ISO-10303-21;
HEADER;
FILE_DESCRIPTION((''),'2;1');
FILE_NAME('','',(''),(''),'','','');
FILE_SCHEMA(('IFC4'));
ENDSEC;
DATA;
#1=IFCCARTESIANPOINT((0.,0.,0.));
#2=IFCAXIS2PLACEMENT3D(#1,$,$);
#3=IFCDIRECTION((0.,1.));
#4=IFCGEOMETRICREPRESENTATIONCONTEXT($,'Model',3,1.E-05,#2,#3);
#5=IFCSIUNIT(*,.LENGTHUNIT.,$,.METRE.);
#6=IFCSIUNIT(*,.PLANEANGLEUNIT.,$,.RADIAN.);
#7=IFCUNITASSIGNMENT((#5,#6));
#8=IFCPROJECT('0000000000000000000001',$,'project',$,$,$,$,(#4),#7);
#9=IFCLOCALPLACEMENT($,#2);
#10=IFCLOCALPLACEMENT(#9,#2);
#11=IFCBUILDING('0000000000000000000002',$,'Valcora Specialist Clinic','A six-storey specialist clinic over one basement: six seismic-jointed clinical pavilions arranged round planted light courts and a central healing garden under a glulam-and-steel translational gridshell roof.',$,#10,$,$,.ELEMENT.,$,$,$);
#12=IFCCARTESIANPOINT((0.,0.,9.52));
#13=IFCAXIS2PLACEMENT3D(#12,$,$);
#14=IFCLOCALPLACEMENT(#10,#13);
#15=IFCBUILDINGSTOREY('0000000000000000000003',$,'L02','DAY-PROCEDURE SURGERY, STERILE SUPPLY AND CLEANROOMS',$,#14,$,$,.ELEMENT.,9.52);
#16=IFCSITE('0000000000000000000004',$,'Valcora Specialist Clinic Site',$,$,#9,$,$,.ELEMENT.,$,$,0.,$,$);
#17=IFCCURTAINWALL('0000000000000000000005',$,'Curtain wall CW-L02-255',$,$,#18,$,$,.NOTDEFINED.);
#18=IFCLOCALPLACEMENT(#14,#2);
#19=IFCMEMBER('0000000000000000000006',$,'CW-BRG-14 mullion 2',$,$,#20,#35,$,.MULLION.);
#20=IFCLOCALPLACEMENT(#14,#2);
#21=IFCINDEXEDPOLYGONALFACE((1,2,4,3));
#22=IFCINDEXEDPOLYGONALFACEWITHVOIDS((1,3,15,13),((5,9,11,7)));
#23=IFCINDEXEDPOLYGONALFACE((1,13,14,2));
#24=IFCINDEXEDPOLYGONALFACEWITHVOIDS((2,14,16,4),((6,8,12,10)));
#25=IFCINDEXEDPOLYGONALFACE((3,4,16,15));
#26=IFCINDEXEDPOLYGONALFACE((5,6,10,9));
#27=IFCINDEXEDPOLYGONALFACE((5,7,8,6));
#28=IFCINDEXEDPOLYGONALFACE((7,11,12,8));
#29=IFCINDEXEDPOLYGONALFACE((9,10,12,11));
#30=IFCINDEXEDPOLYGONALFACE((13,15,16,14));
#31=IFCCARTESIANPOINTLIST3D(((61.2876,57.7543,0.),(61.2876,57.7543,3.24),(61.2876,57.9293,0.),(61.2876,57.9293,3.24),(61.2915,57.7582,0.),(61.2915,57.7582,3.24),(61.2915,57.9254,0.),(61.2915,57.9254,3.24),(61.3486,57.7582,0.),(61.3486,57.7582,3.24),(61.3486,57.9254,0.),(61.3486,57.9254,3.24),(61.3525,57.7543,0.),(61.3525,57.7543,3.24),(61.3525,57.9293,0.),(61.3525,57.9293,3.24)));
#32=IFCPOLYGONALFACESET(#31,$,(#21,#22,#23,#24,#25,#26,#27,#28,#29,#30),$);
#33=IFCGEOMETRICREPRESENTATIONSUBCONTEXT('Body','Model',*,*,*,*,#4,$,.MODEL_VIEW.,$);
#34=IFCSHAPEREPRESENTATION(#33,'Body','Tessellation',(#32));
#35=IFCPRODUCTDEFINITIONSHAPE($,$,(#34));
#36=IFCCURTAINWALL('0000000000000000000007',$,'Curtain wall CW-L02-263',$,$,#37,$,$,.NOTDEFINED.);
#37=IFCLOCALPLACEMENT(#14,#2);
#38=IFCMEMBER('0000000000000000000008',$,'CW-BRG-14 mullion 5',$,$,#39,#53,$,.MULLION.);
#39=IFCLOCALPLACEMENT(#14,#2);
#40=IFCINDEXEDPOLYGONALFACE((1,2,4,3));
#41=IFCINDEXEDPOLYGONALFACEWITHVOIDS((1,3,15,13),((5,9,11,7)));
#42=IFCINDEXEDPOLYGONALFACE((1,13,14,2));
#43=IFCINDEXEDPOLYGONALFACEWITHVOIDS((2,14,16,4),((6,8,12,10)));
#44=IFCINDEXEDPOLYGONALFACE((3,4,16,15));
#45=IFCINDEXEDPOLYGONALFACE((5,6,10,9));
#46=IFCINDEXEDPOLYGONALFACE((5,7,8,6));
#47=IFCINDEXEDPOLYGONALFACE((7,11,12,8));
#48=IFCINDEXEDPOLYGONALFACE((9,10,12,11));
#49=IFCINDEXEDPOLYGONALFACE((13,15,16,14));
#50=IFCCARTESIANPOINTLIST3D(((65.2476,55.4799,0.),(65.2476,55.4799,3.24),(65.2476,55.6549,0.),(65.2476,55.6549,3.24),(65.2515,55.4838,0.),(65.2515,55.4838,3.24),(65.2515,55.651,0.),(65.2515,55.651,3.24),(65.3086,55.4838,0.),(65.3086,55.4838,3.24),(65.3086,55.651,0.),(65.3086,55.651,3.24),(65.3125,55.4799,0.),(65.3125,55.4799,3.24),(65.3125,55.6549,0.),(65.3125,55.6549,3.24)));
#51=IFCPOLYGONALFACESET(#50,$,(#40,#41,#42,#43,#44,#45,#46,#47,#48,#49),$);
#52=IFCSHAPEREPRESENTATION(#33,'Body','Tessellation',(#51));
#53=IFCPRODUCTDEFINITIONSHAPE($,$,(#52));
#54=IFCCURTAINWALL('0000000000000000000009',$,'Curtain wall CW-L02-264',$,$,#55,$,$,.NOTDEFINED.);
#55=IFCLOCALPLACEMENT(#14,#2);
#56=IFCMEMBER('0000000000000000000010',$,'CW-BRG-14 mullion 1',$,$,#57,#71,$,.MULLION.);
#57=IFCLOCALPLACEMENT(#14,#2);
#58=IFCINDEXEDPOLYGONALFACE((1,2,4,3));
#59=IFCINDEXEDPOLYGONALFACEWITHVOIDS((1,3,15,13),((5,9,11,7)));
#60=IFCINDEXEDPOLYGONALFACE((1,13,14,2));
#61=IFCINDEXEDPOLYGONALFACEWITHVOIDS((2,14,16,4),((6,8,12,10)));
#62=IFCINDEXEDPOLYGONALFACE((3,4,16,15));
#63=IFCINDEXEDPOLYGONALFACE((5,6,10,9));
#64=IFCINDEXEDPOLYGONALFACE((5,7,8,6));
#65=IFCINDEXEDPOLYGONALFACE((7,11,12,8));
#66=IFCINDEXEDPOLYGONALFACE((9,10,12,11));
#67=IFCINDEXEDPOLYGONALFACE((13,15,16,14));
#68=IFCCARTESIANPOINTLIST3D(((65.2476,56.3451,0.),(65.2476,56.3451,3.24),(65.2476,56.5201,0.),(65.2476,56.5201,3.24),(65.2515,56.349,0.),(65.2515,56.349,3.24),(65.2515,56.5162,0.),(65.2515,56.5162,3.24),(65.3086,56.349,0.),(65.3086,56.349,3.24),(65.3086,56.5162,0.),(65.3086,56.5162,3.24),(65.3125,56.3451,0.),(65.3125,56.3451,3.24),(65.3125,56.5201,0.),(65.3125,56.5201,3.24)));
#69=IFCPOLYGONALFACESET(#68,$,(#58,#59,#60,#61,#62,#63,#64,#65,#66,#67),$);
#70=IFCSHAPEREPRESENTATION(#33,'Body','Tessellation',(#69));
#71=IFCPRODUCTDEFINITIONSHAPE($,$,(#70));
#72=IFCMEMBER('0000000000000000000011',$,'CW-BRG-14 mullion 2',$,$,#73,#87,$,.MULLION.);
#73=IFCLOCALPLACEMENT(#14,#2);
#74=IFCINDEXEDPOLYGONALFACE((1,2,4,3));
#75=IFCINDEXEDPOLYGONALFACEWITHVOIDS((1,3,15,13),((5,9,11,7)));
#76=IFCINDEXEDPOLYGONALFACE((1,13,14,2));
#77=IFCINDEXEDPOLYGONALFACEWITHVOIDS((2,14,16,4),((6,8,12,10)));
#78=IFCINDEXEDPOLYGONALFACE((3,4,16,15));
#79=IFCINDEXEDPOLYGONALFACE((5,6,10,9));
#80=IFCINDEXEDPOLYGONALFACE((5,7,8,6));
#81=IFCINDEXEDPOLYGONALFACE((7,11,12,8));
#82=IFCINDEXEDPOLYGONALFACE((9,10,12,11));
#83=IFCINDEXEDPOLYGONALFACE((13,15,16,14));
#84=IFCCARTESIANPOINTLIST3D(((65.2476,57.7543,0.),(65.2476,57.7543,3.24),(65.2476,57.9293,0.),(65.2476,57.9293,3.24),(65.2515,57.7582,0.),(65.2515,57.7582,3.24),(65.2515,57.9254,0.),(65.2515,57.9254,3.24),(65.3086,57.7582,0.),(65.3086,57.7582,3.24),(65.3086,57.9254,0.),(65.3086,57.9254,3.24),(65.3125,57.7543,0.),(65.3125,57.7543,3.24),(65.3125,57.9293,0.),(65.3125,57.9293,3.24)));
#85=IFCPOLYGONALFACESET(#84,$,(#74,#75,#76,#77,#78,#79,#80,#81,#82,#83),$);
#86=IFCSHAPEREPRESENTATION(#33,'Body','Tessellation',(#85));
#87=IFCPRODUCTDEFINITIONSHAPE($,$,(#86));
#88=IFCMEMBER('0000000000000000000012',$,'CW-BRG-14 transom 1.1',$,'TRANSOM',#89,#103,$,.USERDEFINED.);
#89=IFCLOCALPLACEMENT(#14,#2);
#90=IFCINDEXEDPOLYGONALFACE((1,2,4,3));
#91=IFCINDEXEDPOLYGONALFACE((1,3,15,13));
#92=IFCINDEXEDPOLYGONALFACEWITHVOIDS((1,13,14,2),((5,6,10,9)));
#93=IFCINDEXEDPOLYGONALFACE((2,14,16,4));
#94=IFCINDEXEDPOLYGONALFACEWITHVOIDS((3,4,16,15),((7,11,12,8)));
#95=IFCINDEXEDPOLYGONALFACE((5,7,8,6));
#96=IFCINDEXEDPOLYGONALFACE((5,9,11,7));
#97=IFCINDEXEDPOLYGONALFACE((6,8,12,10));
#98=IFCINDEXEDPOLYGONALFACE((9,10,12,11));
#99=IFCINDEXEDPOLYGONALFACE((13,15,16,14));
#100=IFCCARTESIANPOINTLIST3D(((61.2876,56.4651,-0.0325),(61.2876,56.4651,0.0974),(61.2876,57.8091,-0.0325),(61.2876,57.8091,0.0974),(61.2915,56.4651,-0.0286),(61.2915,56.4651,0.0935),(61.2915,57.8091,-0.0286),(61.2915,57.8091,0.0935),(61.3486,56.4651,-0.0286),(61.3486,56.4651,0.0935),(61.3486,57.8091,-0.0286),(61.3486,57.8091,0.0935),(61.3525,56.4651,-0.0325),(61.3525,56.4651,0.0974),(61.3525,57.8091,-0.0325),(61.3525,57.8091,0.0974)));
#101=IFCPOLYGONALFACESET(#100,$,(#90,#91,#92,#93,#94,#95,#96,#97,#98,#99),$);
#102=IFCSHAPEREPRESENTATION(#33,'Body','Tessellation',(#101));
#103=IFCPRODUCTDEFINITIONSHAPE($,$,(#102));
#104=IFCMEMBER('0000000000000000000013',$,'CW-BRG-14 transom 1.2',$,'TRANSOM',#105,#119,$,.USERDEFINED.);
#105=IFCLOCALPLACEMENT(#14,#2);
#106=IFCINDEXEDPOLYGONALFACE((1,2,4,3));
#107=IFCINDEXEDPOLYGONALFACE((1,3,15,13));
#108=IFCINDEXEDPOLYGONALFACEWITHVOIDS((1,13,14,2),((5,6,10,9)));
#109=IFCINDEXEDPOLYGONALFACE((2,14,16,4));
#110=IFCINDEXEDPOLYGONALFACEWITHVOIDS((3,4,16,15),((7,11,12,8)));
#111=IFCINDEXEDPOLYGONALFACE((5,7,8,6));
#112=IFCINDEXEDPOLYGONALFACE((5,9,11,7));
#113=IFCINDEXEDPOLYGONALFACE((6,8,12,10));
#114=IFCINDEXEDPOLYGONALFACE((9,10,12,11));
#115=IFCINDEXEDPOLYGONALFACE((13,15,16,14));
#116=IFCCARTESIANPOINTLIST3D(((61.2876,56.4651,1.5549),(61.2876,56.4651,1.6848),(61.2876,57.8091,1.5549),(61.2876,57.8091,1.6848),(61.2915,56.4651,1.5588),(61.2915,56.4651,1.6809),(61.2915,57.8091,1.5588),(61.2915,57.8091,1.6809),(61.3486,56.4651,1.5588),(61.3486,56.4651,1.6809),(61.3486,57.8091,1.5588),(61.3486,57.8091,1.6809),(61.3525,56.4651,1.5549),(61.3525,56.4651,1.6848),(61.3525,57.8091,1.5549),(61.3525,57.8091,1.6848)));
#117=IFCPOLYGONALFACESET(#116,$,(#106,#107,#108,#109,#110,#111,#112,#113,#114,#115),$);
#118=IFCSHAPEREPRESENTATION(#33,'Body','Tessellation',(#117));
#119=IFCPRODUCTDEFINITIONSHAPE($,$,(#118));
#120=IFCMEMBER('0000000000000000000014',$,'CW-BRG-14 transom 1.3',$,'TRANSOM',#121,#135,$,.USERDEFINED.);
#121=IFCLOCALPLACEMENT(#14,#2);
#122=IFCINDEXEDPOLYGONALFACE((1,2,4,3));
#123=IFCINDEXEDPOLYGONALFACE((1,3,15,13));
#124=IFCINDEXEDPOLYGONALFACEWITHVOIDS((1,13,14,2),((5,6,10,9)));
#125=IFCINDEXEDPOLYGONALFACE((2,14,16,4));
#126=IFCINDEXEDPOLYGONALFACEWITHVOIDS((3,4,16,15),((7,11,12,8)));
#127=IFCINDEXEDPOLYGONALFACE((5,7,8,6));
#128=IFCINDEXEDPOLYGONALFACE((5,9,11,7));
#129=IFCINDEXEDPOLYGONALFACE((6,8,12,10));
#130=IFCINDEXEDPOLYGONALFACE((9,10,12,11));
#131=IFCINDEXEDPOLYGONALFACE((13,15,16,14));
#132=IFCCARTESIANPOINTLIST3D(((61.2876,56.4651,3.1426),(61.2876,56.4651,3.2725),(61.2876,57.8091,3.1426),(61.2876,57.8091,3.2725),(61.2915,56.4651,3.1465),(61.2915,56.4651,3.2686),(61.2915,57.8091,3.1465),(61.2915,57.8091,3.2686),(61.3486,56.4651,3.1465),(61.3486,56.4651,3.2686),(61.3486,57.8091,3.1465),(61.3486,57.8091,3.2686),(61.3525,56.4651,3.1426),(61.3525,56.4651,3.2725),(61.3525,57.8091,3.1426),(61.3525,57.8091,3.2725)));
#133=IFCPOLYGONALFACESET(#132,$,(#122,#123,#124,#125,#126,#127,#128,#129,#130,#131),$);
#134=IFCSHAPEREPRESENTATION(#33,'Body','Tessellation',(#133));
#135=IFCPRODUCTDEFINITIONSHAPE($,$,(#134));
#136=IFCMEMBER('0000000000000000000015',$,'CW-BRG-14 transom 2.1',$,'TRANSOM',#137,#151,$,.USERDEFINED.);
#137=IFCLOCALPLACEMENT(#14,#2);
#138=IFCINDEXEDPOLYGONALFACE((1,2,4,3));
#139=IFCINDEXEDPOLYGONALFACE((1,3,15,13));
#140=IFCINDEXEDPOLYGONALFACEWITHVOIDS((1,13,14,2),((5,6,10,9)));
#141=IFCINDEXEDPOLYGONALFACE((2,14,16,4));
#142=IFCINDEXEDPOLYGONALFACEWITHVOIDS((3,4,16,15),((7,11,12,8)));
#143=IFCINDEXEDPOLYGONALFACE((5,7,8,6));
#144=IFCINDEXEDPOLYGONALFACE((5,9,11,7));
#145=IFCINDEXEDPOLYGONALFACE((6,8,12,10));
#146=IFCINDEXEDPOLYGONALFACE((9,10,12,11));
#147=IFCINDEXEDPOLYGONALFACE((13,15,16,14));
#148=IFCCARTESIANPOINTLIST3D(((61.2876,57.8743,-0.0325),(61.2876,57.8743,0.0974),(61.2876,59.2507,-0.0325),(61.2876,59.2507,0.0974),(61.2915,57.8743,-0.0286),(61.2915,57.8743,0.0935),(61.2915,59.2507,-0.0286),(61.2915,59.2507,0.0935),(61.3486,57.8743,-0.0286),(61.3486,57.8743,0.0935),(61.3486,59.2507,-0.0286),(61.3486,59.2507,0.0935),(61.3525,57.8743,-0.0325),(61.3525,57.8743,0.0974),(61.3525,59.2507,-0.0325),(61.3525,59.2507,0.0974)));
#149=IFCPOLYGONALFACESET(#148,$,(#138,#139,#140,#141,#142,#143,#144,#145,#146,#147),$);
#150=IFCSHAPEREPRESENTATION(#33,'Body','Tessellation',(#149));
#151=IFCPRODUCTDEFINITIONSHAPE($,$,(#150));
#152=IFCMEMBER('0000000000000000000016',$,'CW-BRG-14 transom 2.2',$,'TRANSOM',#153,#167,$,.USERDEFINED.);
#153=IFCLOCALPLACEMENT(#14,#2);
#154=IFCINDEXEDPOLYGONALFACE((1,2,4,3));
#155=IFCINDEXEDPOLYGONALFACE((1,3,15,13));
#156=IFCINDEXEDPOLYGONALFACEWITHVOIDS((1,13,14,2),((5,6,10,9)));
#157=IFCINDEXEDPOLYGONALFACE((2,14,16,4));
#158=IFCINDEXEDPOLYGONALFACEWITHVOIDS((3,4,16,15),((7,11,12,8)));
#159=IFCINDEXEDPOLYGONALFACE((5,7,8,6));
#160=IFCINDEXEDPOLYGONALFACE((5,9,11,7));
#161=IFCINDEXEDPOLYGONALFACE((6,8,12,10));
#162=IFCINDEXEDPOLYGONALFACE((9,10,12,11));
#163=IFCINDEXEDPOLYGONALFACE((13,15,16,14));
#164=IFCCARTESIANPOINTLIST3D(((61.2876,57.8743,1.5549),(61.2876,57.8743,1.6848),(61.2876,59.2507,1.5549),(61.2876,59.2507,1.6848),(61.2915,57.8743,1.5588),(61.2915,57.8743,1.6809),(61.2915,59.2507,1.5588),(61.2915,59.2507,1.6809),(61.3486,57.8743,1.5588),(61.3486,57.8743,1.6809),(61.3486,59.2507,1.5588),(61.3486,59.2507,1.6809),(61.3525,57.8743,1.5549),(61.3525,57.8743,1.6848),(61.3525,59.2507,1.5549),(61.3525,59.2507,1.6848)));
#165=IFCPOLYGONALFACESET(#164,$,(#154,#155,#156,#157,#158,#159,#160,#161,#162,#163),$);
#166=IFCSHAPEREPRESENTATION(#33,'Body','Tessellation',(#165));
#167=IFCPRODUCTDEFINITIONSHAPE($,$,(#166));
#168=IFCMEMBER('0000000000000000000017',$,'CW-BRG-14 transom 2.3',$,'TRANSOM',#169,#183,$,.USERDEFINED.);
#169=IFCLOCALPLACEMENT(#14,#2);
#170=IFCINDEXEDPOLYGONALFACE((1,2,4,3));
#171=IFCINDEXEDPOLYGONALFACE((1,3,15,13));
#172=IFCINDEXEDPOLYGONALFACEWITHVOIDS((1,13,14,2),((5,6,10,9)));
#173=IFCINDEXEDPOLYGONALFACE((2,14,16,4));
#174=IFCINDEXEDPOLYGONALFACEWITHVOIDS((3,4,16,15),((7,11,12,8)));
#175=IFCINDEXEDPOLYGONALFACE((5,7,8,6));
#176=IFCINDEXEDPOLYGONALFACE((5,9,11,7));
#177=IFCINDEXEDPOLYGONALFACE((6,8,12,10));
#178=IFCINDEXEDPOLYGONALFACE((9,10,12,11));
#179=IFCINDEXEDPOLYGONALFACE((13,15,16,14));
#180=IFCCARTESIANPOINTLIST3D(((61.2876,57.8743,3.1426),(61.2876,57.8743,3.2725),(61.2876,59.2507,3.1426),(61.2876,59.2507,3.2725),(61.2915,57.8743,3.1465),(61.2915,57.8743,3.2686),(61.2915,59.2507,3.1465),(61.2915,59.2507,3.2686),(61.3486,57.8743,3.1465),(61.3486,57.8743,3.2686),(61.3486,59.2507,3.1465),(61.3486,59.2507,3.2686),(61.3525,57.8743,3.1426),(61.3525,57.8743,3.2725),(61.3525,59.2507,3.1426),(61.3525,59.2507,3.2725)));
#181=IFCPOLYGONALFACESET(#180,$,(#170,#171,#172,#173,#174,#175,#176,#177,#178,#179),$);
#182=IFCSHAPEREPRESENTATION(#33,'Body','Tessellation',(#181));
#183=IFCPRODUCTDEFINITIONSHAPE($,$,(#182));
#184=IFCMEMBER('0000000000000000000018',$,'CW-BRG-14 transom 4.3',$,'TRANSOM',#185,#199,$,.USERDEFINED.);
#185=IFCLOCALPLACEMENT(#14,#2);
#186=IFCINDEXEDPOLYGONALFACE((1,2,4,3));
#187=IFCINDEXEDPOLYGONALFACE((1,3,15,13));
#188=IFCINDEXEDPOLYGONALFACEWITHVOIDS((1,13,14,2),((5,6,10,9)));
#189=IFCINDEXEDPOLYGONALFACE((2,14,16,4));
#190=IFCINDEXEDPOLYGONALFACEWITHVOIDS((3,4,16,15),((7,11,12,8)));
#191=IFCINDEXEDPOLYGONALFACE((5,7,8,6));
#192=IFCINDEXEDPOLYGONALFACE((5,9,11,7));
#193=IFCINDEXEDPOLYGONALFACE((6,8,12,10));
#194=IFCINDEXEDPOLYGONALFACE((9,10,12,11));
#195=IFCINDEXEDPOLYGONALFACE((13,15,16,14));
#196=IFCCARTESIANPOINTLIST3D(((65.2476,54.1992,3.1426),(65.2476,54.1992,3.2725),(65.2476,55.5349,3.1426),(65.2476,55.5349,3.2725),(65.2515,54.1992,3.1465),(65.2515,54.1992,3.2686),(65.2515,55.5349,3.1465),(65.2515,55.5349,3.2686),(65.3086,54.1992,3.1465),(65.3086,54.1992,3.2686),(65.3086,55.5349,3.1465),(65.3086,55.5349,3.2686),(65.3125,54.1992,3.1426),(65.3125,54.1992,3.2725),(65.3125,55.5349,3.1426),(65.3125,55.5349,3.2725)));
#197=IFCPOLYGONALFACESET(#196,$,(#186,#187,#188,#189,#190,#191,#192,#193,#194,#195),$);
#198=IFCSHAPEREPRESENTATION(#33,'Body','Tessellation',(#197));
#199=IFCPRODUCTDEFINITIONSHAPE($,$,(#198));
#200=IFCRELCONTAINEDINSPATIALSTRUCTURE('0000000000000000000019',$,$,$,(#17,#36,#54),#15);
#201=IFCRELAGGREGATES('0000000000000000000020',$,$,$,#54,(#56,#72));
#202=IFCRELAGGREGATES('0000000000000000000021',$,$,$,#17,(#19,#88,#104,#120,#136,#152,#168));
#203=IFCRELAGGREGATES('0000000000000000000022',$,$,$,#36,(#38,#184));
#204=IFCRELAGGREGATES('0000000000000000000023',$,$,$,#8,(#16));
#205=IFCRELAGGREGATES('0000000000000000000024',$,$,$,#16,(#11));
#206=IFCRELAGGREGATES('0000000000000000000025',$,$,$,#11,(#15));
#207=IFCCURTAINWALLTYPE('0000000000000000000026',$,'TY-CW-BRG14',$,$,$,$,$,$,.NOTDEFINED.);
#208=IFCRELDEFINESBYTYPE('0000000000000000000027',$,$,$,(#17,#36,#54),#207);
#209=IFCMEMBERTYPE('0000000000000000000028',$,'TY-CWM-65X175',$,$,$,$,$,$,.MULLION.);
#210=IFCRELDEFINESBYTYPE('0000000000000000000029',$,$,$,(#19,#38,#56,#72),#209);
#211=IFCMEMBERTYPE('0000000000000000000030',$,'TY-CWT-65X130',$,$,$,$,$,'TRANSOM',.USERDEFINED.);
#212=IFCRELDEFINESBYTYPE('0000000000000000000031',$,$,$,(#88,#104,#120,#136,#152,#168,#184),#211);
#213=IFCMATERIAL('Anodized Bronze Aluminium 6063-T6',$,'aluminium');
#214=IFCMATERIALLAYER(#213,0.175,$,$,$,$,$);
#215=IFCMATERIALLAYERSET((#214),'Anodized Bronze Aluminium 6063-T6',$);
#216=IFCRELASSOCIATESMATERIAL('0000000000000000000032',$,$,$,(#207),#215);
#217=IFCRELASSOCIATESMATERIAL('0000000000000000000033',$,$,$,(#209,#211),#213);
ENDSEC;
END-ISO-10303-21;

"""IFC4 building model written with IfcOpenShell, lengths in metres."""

from ifc_helpers import new_model, si_unit, direction, frame, origin, origin_2d, place, context, subcontext, project, spatial, hollow_rectangle, extrude, material, layer, layer_set, material_profile, profile_set, type_object, element, aggregate, save


model = new_model("IFC4")

# Units and contexts
model_context = context("Model", 3, precision=1e-05, world=origin(), true_north=direction((0.0, 1.0)))
body_context = subcontext(model_context, "Body", "Model", "MODEL_VIEW")
ifc_project = project(units=[si_unit("LENGTHUNIT", "METRE"), si_unit("PLANEANGLEUNIT", "RADIAN")], contexts=[model_context])

# Site, building, storey
site_placement = place(None, origin())
site = spatial("IfcSite", under=ifc_project, at=site_placement, Name="Valcora Specialist Clinic Site", CompositionType="ELEMENT", RefElevation=0.0)
building_placement = place(site_placement, origin())
building = spatial("IfcBuilding", under=site, at=building_placement, Name="Valcora Specialist Clinic", Description="A six-storey specialist clinic over one basement: six seismic-jointed clinical pavilions arranged round planted light courts and a central healing garden under a glulam-and-steel translational gridshell roof.", CompositionType="ELEMENT")
storey_placement = place(building_placement, frame((0.0, 0.0, 9.52)))
storey = spatial("IfcBuildingStorey", under=building, at=storey_placement, Name="L02", Description="DAY-PROCEDURE SURGERY, STERILE SUPPLY AND CLEANROOMS", CompositionType="ELEMENT", Elevation=9.52)

# Shared definitions
ifc_material_1 = material(Name="Anodized Bronze Aluminium 6063-T6", Category="aluminium")
ifc_layer_1 = layer(ifc_material_1, 0.175)
ifc_layer_set_1 = layer_set([ifc_layer_1], Name="Anodized Bronze Aluminium 6063-T6")
curtain_wall_type = type_object("IfcCurtainWallType", Name="TY-CW-BRG14", PredefinedType="NOTDEFINED", material=ifc_layer_set_1)
ifc_material_profile_1 = material_profile(ifc_material_1, hollow_rectangle(XDim=0.0649, YDim=0.175, WallThickness=0.0039, at=origin_2d()), Name="AL-MUL-65X175")
ifc_profile_set_1 = profile_set([ifc_material_profile_1], Name="Anodized Bronze Aluminium 6063-T6")
member_type_1 = type_object("IfcMemberType", Name="TY-CWM-65X175", PredefinedType="MULLION", material=ifc_profile_set_1)

# Curtain wall, member
curtain_wall_1_placement = place(storey_placement, origin())
curtain_wall_1 = element("IfcCurtainWall", 1, at=curtain_wall_1_placement, inside=storey, type_object=curtain_wall_type, Name="Curtain wall CW-L02-255", PredefinedType="NOTDEFINED")
member_1_placement = place(storey_placement, frame((61.3201, 57.8418, 0.0), z_axis=(0.0, 0.0, 1.0), x_axis=(-1.0, 0.0, 0.0)))
member_1 = element("IfcMember", 2, at=member_1_placement, type_object=member_type_1, Name="CW-BRG-14 mullion 2", PredefinedType="MULLION", context=body_context, shape_type="SweptSolid", body=[
    extrude(hollow_rectangle(XDim=0.0649, YDim=0.175, WallThickness=0.0039, at=origin_2d()), origin(), (0.0, 0.0, 1.0), 3.24),
])

# Curtain wall, member
curtain_wall_2_placement = place(storey_placement, origin())
curtain_wall_2 = element("IfcCurtainWall", 3, at=curtain_wall_2_placement, inside=storey, type_object=curtain_wall_type, Name="Curtain wall CW-L02-263", PredefinedType="NOTDEFINED")
member_2_placement = place(storey_placement, frame((65.28, 55.5674, 0.0), z_axis=(0.0, 0.0, 1.0), x_axis=(-1.0, 0.0, 0.0)))
member_2 = element("IfcMember", 4, at=member_2_placement, type_object=member_type_1, Name="CW-BRG-14 mullion 5", PredefinedType="MULLION", context=body_context, shape_type="SweptSolid", body=[
    extrude(hollow_rectangle(XDim=0.0649, YDim=0.175, WallThickness=0.0039, at=origin_2d()), origin(), (0.0, 0.0, 1.0), 3.24),
])

# Curtain wall, members
curtain_wall_3_placement = place(storey_placement, origin())
curtain_wall_3 = element("IfcCurtainWall", 5, at=curtain_wall_3_placement, inside=storey, type_object=curtain_wall_type, Name="Curtain wall CW-L02-264", PredefinedType="NOTDEFINED")
member_3_placement = place(storey_placement, frame((65.28, 56.4326, 0.0), z_axis=(0.0, 0.0, 1.0), x_axis=(-1.0, 0.0, 0.0)))
member_3 = element("IfcMember", 6, at=member_3_placement, type_object=member_type_1, Name="CW-BRG-14 mullion 1", PredefinedType="MULLION", context=body_context, shape_type="SweptSolid", body=[
    extrude(hollow_rectangle(XDim=0.0649, YDim=0.175, WallThickness=0.0039, at=origin_2d()), origin(), (0.0, 0.0, 1.0), 3.24),
])
member_4_placement = place(storey_placement, frame((65.28, 57.8418, 0.0), z_axis=(0.0, 0.0, 1.0), x_axis=(-1.0, 0.0, 0.0)))
member_4 = element("IfcMember", 7, at=member_4_placement, type_object=member_type_1, Name="CW-BRG-14 mullion 2", PredefinedType="MULLION", context=body_context, shape_type="SweptSolid", body=[
    extrude(hollow_rectangle(XDim=0.0649, YDim=0.175, WallThickness=0.0039, at=origin_2d()), origin(), (0.0, 0.0, 1.0), 3.24),
])

# Members
ifc_material_profile_2 = material_profile(ifc_material_1, hollow_rectangle(XDim=0.0649, YDim=0.1299, WallThickness=0.0039, at=origin_2d()), Name="AL-TRN-65X130")
ifc_profile_set_2 = profile_set([ifc_material_profile_2], Name="Anodized Bronze Aluminium 6063-T6")
member_type_2 = type_object("IfcMemberType", Name="TY-CWT-65X130", ElementType="TRANSOM", PredefinedType="USERDEFINED", material=ifc_profile_set_2)
member_5_placement = place(storey_placement, frame((61.3201, 56.4651, 0.0325), z_axis=(0.0, 1.0, 0.0), x_axis=(-1.0, 0.0, 0.0)))
member_5 = element("IfcMember", 8, at=member_5_placement, type_object=member_type_2, Name="CW-BRG-14 transom 1.1", ObjectType="TRANSOM", PredefinedType="USERDEFINED", context=body_context, shape_type="SweptSolid", body=[
    extrude(hollow_rectangle(XDim=0.0649, YDim=0.1299, WallThickness=0.0039, at=origin_2d()), origin(), (0.0, 0.0, 1.0), 1.344),
])
member_6_placement = place(storey_placement, frame((61.3201, 56.4651, 1.6199), z_axis=(0.0, 1.0, 0.0), x_axis=(-1.0, 0.0, 0.0)))
member_6 = element("IfcMember", 9, at=member_6_placement, type_object=member_type_2, Name="CW-BRG-14 transom 1.2", ObjectType="TRANSOM", PredefinedType="USERDEFINED", context=body_context, shape_type="SweptSolid", body=[
    extrude(hollow_rectangle(XDim=0.0649, YDim=0.1299, WallThickness=0.0039, at=origin_2d()), origin(), (0.0, 0.0, 1.0), 1.344),
])
member_7_placement = place(storey_placement, frame((61.3201, 56.4651, 3.2075), z_axis=(0.0, 1.0, 0.0), x_axis=(-1.0, 0.0, 0.0)))
member_7 = element("IfcMember", 10, at=member_7_placement, type_object=member_type_2, Name="CW-BRG-14 transom 1.3", ObjectType="TRANSOM", PredefinedType="USERDEFINED", context=body_context, shape_type="SweptSolid", body=[
    extrude(hollow_rectangle(XDim=0.0649, YDim=0.1299, WallThickness=0.0039, at=origin_2d()), origin(), (0.0, 0.0, 1.0), 1.344),
])
member_8_placement = place(storey_placement, frame((61.3201, 57.8743, 0.0325), z_axis=(0.0, 1.0, 0.0), x_axis=(-1.0, 0.0, 0.0)))
member_8 = element("IfcMember", 11, at=member_8_placement, type_object=member_type_2, Name="CW-BRG-14 transom 2.1", ObjectType="TRANSOM", PredefinedType="USERDEFINED", context=body_context, shape_type="SweptSolid", body=[
    extrude(hollow_rectangle(XDim=0.0649, YDim=0.1299, WallThickness=0.0039, at=origin_2d()), origin(), (0.0, 0.0, 1.0), 1.3765),
])
member_9_placement = place(storey_placement, frame((61.3201, 57.8743, 1.6199), z_axis=(0.0, 1.0, 0.0), x_axis=(-1.0, 0.0, 0.0)))
member_9 = element("IfcMember", 12, at=member_9_placement, type_object=member_type_2, Name="CW-BRG-14 transom 2.2", ObjectType="TRANSOM", PredefinedType="USERDEFINED", context=body_context, shape_type="SweptSolid", body=[
    extrude(hollow_rectangle(XDim=0.0649, YDim=0.1299, WallThickness=0.0039, at=origin_2d()), origin(), (0.0, 0.0, 1.0), 1.3765),
])
member_10_placement = place(storey_placement, frame((61.3201, 57.8743, 3.2075), z_axis=(0.0, 1.0, 0.0), x_axis=(-1.0, 0.0, 0.0)))
member_10 = element("IfcMember", 13, at=member_10_placement, type_object=member_type_2, Name="CW-BRG-14 transom 2.3", ObjectType="TRANSOM", PredefinedType="USERDEFINED", context=body_context, shape_type="SweptSolid", body=[
    extrude(hollow_rectangle(XDim=0.0649, YDim=0.1299, WallThickness=0.0039, at=origin_2d()), origin(), (0.0, 0.0, 1.0), 1.3765),
])
member_11_placement = place(storey_placement, frame((65.28, 54.1992, 3.2075), z_axis=(0.0, 1.0, 0.0), x_axis=(-1.0, 0.0, 0.0)))
member_11 = element("IfcMember", 14, at=member_11_placement, type_object=member_type_2, Name="CW-BRG-14 transom 4.3", ObjectType="TRANSOM", PredefinedType="USERDEFINED", context=body_context, shape_type="SweptSolid", body=[
    extrude(hollow_rectangle(XDim=0.0649, YDim=0.1299, WallThickness=0.0039, at=origin_2d()), origin(), (0.0, 0.0, 1.0), 1.3357),
])

aggregate(curtain_wall_3, [member_3, member_4])
aggregate(curtain_wall_1, [member_1, member_5, member_6, member_7, member_8, member_9, member_10])
aggregate(curtain_wall_2, [member_2, member_11])

save(model, "model.ifc")
